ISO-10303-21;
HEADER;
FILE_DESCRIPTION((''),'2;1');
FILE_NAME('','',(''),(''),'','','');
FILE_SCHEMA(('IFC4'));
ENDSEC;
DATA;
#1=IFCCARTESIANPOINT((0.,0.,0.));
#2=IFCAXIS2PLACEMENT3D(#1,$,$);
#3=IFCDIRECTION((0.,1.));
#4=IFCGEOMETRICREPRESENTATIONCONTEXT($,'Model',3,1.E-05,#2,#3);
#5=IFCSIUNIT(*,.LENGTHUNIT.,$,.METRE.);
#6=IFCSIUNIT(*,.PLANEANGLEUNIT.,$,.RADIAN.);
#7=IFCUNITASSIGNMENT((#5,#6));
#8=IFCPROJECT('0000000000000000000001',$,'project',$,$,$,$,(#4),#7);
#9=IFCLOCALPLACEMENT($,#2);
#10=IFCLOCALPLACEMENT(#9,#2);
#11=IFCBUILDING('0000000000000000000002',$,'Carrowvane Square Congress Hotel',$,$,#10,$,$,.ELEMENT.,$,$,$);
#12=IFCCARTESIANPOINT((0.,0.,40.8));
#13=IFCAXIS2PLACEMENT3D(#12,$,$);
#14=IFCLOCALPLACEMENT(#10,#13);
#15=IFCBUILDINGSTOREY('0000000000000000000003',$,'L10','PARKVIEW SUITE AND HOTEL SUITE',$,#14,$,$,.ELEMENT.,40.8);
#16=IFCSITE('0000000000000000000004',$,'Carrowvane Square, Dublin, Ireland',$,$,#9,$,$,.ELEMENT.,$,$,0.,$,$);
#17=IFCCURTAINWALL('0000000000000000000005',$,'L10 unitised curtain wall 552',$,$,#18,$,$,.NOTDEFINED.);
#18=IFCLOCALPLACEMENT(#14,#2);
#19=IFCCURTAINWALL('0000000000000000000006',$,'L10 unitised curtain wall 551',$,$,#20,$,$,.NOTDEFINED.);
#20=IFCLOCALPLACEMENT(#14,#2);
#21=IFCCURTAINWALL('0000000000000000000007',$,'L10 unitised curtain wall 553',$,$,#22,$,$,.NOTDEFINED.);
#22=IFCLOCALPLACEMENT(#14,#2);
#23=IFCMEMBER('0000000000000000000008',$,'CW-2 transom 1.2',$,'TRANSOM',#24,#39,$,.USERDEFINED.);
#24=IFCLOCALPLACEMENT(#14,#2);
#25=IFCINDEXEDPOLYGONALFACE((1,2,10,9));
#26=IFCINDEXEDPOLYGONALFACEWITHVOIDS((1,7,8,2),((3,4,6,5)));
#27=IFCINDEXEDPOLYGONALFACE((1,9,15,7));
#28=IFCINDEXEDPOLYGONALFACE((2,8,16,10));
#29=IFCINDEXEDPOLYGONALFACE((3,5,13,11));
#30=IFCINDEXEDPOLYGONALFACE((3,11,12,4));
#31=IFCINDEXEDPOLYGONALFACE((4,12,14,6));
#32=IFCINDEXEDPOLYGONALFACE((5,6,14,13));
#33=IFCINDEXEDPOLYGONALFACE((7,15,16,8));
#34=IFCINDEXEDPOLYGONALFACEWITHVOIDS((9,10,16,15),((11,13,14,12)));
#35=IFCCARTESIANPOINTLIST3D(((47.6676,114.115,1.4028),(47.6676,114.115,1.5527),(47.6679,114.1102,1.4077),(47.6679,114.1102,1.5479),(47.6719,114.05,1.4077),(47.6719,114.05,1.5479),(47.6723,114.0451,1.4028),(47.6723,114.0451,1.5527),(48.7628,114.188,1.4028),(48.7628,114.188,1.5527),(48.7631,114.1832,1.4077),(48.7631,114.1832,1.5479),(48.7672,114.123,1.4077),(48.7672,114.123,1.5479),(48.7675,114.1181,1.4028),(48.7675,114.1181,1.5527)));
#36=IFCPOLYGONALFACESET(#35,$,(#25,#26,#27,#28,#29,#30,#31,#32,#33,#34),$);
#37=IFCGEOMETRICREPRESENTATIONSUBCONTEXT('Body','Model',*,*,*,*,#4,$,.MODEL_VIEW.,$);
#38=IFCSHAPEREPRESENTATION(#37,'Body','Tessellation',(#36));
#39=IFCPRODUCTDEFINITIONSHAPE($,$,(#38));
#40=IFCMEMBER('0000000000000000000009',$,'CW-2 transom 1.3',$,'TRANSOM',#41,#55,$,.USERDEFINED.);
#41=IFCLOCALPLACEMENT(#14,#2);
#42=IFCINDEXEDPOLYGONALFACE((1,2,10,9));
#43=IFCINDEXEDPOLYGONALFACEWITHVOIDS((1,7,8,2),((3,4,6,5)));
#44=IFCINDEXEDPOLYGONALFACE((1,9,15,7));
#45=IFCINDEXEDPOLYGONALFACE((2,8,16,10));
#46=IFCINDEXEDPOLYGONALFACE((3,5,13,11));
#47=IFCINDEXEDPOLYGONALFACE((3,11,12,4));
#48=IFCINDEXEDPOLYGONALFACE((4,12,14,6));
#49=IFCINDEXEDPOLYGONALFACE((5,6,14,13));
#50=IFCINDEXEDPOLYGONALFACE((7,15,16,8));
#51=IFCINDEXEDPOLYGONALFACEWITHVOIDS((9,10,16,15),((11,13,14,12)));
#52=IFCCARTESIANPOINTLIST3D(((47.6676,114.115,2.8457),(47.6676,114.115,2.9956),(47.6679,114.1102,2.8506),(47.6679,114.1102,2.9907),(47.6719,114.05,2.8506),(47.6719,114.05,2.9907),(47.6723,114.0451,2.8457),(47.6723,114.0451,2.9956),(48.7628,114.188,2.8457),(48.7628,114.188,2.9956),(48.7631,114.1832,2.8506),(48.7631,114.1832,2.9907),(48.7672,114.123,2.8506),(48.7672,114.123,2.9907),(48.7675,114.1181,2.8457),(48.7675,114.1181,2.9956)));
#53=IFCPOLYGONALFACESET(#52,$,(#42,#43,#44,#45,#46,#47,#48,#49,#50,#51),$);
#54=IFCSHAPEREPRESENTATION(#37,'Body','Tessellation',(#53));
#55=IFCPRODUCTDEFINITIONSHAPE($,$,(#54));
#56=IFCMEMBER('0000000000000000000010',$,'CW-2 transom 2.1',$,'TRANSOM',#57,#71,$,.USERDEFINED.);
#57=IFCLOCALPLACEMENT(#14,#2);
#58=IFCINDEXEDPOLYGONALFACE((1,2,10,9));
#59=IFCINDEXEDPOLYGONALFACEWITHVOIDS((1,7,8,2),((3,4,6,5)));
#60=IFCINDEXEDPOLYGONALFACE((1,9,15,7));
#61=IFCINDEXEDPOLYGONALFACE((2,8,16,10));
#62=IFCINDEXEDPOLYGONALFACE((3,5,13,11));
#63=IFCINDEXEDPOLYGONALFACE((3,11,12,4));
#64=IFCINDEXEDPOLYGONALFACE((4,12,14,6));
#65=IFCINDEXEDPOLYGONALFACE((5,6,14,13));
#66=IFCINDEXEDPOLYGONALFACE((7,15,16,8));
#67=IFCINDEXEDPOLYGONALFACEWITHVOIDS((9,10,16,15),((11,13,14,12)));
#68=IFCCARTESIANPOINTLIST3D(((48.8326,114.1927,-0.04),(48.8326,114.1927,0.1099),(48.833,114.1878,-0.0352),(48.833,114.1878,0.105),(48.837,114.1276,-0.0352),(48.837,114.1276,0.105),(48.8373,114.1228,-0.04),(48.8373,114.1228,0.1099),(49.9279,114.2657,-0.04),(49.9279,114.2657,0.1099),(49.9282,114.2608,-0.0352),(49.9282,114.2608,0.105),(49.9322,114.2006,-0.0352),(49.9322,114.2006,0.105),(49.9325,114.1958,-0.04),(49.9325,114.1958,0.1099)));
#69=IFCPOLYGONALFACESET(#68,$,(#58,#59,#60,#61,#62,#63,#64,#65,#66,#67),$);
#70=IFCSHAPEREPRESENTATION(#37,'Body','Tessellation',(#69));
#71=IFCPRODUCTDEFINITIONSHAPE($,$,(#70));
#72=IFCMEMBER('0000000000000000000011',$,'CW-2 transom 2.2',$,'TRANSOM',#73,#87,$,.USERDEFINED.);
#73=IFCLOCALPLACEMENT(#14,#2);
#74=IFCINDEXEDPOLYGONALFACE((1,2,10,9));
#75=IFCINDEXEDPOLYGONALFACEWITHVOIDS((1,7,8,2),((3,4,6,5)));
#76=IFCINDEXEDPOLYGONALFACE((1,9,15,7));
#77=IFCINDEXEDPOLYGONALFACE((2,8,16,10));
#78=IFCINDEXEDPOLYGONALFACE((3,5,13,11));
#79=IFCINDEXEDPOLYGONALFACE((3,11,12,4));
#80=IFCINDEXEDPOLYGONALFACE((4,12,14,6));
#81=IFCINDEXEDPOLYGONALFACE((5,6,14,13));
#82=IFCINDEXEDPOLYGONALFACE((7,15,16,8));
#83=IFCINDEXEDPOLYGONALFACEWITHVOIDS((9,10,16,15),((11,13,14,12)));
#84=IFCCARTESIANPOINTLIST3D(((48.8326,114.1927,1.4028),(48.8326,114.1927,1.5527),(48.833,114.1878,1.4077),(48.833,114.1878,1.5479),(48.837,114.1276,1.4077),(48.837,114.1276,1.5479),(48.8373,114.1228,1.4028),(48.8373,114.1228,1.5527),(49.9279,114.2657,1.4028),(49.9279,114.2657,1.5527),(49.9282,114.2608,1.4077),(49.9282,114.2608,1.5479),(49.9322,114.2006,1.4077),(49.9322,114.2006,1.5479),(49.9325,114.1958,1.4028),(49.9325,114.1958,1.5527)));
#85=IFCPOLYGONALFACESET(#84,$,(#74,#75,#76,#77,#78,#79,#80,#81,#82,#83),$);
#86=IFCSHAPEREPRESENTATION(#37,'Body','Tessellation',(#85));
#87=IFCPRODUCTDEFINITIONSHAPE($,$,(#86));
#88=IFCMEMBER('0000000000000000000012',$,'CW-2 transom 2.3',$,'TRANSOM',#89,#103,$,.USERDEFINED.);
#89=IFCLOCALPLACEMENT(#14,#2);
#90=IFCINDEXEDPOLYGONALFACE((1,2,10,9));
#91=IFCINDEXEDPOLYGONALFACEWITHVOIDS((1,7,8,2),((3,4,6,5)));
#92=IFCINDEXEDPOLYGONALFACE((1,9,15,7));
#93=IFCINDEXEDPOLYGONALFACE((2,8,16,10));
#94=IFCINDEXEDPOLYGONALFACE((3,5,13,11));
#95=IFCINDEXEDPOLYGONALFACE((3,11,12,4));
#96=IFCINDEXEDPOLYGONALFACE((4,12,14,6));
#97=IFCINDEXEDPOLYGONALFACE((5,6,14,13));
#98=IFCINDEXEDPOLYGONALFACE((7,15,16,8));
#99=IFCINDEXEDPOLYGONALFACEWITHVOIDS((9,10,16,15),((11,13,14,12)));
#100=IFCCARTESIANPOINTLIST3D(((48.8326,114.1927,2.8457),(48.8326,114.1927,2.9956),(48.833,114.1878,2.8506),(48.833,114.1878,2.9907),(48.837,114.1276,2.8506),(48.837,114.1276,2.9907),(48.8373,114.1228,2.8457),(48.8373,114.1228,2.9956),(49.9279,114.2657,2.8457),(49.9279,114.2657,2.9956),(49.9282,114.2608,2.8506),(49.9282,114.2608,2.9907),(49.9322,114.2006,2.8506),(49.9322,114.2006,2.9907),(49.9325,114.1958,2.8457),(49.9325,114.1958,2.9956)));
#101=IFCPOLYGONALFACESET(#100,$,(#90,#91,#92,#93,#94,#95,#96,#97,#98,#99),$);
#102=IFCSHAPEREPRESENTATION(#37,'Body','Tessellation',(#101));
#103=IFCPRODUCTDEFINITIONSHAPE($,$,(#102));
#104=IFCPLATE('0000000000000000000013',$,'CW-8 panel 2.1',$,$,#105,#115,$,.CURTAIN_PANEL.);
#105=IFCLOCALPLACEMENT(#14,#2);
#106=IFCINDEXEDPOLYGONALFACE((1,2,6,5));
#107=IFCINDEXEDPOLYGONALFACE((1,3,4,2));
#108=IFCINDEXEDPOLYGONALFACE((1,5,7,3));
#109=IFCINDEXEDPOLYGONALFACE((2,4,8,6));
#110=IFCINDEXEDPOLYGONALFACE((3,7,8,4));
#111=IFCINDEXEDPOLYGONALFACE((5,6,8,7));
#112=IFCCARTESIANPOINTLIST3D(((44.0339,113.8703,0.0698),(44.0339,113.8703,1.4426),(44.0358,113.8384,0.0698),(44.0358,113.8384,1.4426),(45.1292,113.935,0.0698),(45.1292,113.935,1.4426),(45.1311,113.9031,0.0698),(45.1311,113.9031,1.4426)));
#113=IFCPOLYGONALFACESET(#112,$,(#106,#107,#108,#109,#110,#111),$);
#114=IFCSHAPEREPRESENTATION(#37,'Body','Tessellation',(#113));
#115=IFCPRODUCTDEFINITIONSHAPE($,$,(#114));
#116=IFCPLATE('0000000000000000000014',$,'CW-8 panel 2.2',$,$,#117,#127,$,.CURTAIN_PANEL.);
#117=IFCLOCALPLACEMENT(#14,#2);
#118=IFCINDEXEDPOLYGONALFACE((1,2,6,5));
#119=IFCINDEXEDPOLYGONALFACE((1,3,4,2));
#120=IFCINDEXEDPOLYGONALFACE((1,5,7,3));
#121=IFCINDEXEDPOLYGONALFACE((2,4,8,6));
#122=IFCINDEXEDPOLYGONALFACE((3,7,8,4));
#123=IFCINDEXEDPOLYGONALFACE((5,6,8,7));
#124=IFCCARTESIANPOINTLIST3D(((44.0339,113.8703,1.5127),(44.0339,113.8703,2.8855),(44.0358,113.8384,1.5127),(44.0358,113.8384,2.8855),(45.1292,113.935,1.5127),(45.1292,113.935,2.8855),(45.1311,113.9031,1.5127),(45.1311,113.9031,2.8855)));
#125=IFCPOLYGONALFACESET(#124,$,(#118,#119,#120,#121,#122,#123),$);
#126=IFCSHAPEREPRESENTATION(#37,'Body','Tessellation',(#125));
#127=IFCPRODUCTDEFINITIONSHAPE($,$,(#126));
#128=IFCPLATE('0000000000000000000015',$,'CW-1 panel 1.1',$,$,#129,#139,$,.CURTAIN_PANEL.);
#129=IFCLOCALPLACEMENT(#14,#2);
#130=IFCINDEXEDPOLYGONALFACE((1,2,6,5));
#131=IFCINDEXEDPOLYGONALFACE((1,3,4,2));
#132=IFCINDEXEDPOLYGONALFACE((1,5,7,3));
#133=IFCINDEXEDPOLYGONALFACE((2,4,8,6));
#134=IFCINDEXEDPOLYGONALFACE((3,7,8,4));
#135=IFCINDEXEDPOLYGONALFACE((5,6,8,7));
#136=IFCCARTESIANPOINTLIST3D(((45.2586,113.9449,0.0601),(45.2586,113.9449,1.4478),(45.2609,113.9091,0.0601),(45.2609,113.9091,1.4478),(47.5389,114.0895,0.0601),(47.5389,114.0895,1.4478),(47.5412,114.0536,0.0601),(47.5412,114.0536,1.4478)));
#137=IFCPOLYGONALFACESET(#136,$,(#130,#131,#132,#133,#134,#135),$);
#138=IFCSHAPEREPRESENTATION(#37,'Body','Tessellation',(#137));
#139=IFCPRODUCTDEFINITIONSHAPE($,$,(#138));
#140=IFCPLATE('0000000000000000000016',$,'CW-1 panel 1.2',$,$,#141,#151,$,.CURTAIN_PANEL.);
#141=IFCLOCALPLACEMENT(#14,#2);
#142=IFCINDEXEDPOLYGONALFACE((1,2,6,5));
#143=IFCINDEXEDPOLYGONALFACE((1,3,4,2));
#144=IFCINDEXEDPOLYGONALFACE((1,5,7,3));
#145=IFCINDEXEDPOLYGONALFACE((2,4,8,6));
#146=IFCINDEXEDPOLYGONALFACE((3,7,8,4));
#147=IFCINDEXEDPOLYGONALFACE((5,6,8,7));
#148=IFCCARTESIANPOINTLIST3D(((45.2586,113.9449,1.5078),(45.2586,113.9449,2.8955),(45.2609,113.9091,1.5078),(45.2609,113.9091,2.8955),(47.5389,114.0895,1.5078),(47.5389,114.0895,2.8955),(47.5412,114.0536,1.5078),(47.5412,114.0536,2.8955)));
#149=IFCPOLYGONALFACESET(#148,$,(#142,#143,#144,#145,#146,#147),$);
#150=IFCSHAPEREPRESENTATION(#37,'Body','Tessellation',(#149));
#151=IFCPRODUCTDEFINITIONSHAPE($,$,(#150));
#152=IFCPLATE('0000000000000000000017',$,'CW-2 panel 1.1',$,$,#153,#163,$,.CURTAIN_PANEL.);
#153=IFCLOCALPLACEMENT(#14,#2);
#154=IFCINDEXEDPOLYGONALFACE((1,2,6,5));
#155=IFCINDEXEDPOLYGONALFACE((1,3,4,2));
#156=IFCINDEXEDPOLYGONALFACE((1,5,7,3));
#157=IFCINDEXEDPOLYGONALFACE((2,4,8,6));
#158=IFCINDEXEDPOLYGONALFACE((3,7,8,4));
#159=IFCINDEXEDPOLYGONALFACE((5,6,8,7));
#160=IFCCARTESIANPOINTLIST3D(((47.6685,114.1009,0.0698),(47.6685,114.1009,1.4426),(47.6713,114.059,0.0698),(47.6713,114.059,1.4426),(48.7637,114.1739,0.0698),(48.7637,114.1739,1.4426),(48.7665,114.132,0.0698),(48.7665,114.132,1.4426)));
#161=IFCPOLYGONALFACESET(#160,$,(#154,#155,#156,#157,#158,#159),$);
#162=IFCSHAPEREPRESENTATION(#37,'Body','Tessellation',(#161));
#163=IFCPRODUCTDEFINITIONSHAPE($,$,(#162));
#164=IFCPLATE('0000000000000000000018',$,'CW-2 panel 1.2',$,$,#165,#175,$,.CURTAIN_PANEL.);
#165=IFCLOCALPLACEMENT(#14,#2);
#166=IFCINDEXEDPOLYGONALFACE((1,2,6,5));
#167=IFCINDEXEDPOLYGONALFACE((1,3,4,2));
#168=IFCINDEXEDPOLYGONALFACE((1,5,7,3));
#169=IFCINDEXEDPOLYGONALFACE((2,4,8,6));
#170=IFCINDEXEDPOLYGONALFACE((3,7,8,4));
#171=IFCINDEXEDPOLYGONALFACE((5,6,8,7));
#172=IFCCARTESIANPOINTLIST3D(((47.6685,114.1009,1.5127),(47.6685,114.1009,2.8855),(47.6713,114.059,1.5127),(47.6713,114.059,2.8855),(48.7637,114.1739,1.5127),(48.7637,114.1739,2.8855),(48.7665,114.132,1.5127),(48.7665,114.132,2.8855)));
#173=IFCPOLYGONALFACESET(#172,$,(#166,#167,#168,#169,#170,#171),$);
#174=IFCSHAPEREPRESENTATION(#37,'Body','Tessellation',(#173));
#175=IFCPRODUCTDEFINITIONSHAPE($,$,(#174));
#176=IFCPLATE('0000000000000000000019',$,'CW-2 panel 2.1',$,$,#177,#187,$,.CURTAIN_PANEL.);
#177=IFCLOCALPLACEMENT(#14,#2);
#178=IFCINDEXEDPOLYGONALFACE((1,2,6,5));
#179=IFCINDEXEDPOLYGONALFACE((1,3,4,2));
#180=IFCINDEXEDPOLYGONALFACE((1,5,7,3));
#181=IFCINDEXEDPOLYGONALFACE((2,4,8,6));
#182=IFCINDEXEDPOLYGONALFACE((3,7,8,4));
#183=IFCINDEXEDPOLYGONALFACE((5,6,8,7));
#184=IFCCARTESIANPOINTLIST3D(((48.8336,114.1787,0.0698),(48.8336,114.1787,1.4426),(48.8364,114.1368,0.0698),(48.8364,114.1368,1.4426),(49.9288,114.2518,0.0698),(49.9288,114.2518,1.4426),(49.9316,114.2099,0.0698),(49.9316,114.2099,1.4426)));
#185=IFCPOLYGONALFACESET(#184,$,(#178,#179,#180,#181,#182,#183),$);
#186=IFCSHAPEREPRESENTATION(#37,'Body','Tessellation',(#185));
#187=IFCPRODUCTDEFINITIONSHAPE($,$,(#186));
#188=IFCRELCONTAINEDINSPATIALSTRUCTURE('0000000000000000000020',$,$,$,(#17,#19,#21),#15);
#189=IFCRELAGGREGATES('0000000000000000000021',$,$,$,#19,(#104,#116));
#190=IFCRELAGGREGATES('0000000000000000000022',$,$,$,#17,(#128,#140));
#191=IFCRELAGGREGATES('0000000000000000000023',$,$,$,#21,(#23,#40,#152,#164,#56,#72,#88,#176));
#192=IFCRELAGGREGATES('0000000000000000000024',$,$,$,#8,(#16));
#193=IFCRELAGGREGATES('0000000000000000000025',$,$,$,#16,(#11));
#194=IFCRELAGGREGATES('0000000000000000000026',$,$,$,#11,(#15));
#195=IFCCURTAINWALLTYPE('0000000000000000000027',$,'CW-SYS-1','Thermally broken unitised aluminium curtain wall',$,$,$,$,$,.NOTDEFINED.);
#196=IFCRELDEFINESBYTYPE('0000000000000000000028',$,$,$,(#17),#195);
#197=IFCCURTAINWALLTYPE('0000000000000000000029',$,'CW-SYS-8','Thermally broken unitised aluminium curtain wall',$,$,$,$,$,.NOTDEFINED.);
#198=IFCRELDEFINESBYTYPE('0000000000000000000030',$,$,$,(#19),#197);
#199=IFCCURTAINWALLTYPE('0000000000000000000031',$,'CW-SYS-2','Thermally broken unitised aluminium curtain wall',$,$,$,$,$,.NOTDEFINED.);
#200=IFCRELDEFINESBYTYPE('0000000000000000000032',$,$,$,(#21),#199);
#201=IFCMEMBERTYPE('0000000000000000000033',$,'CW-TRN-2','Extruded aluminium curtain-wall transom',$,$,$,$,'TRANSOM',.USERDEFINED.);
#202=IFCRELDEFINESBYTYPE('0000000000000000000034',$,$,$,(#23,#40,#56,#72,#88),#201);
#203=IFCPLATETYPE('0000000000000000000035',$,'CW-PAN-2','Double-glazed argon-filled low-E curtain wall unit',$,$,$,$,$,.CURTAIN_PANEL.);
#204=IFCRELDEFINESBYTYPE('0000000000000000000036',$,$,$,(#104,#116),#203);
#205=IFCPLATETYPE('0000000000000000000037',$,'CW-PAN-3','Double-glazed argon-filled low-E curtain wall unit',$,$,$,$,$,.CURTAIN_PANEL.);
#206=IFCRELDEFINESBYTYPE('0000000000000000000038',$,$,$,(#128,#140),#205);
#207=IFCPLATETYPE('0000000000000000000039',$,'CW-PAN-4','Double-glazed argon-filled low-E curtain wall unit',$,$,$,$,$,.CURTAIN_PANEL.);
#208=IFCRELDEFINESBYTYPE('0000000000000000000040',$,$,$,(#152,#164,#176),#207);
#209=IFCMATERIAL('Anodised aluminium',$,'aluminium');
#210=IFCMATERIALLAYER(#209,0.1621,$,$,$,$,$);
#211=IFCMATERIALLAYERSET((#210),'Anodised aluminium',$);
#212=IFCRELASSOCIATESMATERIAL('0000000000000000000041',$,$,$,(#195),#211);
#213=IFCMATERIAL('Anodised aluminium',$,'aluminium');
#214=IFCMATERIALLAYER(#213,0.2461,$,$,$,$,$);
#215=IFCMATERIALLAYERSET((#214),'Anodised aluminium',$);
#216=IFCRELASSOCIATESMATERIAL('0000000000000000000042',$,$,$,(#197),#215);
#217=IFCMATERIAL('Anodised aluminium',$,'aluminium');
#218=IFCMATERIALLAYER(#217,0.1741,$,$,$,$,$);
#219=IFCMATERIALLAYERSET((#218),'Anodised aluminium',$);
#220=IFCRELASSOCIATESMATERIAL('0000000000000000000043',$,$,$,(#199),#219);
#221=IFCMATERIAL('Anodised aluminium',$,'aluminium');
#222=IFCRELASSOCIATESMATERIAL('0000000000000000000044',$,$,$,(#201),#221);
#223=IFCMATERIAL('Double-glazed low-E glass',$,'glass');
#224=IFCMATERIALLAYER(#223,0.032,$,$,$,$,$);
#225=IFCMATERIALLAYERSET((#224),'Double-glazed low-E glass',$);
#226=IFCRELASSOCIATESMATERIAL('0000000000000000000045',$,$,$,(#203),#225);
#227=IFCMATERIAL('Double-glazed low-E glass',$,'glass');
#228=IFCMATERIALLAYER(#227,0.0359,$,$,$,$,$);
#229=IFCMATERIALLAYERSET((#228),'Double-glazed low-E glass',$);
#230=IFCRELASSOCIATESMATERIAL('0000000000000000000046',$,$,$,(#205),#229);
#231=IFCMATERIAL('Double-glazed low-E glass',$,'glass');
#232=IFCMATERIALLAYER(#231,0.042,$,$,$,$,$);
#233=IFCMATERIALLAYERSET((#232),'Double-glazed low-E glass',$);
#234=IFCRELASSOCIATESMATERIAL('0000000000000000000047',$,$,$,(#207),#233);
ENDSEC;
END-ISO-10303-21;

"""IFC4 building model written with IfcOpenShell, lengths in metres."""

from ifc_helpers import new_model, si_unit, direction, frame, origin, origin_2d, place, context, subcontext, project, spatial, rectangle, hollow_rectangle, extrude, material, layer, layer_set, material_profile, profile_set, type_object, element, aggregate, save


model = new_model("IFC4")

# Units and contexts
model_context = context("Model", 3, precision=1e-05, world=origin(), true_north=direction((0.0, 1.0)))
body_context = subcontext(model_context, "Body", "Model", "MODEL_VIEW")
ifc_project = project(units=[si_unit("LENGTHUNIT", "METRE"), si_unit("PLANEANGLEUNIT", "RADIAN")], contexts=[model_context])

# Site, building, storey
site_placement = place(None, origin())
site = spatial("IfcSite", under=ifc_project, at=site_placement, Name="Carrowvane Square, Dublin, Ireland", CompositionType="ELEMENT", RefElevation=0.0)
building_placement = place(site_placement, origin())
building = spatial("IfcBuilding", under=site, at=building_placement, Name="Carrowvane Square Congress Hotel", CompositionType="ELEMENT")
storey_placement = place(building_placement, frame((0.0, 0.0, 40.8)))
storey = spatial("IfcBuildingStorey", under=building, at=storey_placement, Name="L10", Description="PARKVIEW SUITE AND HOTEL SUITE", CompositionType="ELEMENT", Elevation=40.8)

# Curtain wall
ifc_material_1 = material(Name="Anodised aluminium", Category="aluminium")
ifc_layer_1 = layer(ifc_material_1, 0.1621)
ifc_layer_set_1 = layer_set([ifc_layer_1], Name="Anodised aluminium")
curtain_wall_type_1 = type_object("IfcCurtainWallType", Name="CW-SYS-1", Description="Thermally broken unitised aluminium curtain wall", PredefinedType="NOTDEFINED", material=ifc_layer_set_1)
curtain_wall_1_placement = place(storey_placement, origin())
curtain_wall_1 = element("IfcCurtainWall", 1, at=curtain_wall_1_placement, inside=storey, type_object=curtain_wall_type_1, Name="L10 unitised curtain wall 552", PredefinedType="NOTDEFINED")

# Curtain wall
ifc_material_2 = material(Name="Anodised aluminium", Category="aluminium")
ifc_layer_2 = layer(ifc_material_2, 0.2461)
ifc_layer_set_2 = layer_set([ifc_layer_2], Name="Anodised aluminium")
curtain_wall_type_2 = type_object("IfcCurtainWallType", Name="CW-SYS-8", Description="Thermally broken unitised aluminium curtain wall", PredefinedType="NOTDEFINED", material=ifc_layer_set_2)
curtain_wall_2_placement = place(storey_placement, origin())
curtain_wall_2 = element("IfcCurtainWall", 2, at=curtain_wall_2_placement, inside=storey, type_object=curtain_wall_type_2, Name="L10 unitised curtain wall 551", PredefinedType="NOTDEFINED")

# Curtain wall
ifc_material_3 = material(Name="Anodised aluminium", Category="aluminium")
ifc_layer_3 = layer(ifc_material_3, 0.1741)
ifc_layer_set_3 = layer_set([ifc_layer_3], Name="Anodised aluminium")
curtain_wall_type_3 = type_object("IfcCurtainWallType", Name="CW-SYS-2", Description="Thermally broken unitised aluminium curtain wall", PredefinedType="NOTDEFINED", material=ifc_layer_set_3)
curtain_wall_3_placement = place(storey_placement, origin())
curtain_wall_3 = element("IfcCurtainWall", 3, at=curtain_wall_3_placement, inside=storey, type_object=curtain_wall_type_3, Name="L10 unitised curtain wall 553", PredefinedType="NOTDEFINED")

# Members
ifc_material_4 = material(Name="Anodised aluminium", Category="aluminium")
ifc_material_profile_1 = material_profile(ifc_material_4, hollow_rectangle(XDim=0.0701, YDim=0.1499, WallThickness=0.0049, at=origin_2d()), Name="CW-TR 70x150x5")
ifc_profile_set_1 = profile_set([ifc_material_profile_1], Name="Anodised aluminium")
member_type_1 = type_object("IfcMemberType", Name="CW-TRN-2", Description="Extruded aluminium curtain-wall transom", ElementType="TRANSOM", PredefinedType="USERDEFINED", material=ifc_profile_set_1)
member_1_placement = place(storey_placement, frame((47.6699, 114.0801, 1.4778), z_axis=(0.997786, 0.066504, 0.0), x_axis=(-0.066504, 0.997786, 0.0)))
member_1 = element("IfcMember", 4, at=member_1_placement, type_object=member_type_1, Name="CW-2 transom 1.2", ObjectType="TRANSOM", PredefinedType="USERDEFINED", context=body_context, shape_type="SweptSolid", body=[
    extrude(hollow_rectangle(XDim=0.0701, YDim=0.1499, WallThickness=0.0049, at=origin_2d()), origin(), (0.0, 0.0, 1.0), 1.0977),
])
member_2_placement = place(storey_placement, frame((47.6699, 114.0801, 2.9207), z_axis=(0.997786, 0.066504, 0.0), x_axis=(-0.066504, 0.997786, 0.0)))
member_2 = element("IfcMember", 5, at=member_2_placement, type_object=member_type_1, Name="CW-2 transom 1.3", ObjectType="TRANSOM", PredefinedType="USERDEFINED", context=body_context, shape_type="SweptSolid", body=[
    extrude(hollow_rectangle(XDim=0.0701, YDim=0.1499, WallThickness=0.0049, at=origin_2d()), origin(), (0.0, 0.0, 1.0), 1.0977),
])
member_3_placement = place(storey_placement, frame((48.835, 114.1577, 0.0349), z_axis=(0.997786, 0.066504, 0.0), x_axis=(-0.066504, 0.997786, 0.0)))
member_3 = element("IfcMember", 6, at=member_3_placement, type_object=member_type_1, Name="CW-2 transom 2.1", ObjectType="TRANSOM", PredefinedType="USERDEFINED", context=body_context, shape_type="SweptSolid", body=[
    extrude(hollow_rectangle(XDim=0.0701, YDim=0.1499, WallThickness=0.0049, at=origin_2d()), origin(), (0.0, 0.0, 1.0), 1.0977),
])
member_4_placement = place(storey_placement, frame((48.835, 114.1577, 1.4778), z_axis=(0.997786, 0.066504, 0.0), x_axis=(-0.066504, 0.997786, 0.0)))
member_4 = element("IfcMember", 7, at=member_4_placement, type_object=member_type_1, Name="CW-2 transom 2.2", ObjectType="TRANSOM", PredefinedType="USERDEFINED", context=body_context, shape_type="SweptSolid", body=[
    extrude(hollow_rectangle(XDim=0.0701, YDim=0.1499, WallThickness=0.0049, at=origin_2d()), origin(), (0.0, 0.0, 1.0), 1.0977),
])
member_5_placement = place(storey_placement, frame((48.835, 114.1577, 2.9207), z_axis=(0.997786, 0.066504, 0.0), x_axis=(-0.066504, 0.997786, 0.0)))
member_5 = element("IfcMember", 8, at=member_5_placement, type_object=member_type_1, Name="CW-2 transom 2.3", ObjectType="TRANSOM", PredefinedType="USERDEFINED", context=body_context, shape_type="SweptSolid", body=[
    extrude(hollow_rectangle(XDim=0.0701, YDim=0.1499, WallThickness=0.0049, at=origin_2d()), origin(), (0.0, 0.0, 1.0), 1.0977),
])

# Plates
ifc_material_5 = material(Name="Double-glazed low-E glass", Category="glass")
ifc_layer_4 = layer(ifc_material_5, 0.032)
ifc_layer_set_4 = layer_set([ifc_layer_4], Name="Double-glazed low-E glass")
plate_type_1 = type_object("IfcPlateType", Name="CW-PAN-2", Description="Double-glazed argon-filled low-E curtain wall unit", PredefinedType="CURTAIN_PANEL", material=ifc_layer_set_4)
plate_1_placement = place(storey_placement, frame((44.5825, 113.8867, 0.0698), z_axis=(0.0, 0.0, 1.0), x_axis=(0.998259, 0.058989, 0.0)))
plate_1 = element("IfcPlate", 9, at=plate_1_placement, type_object=plate_type_1, Name="CW-8 panel 2.1", PredefinedType="CURTAIN_PANEL", context=body_context, shape_type="SweptSolid", body=[
    extrude(rectangle(XDim=1.0972, YDim=0.032, at=origin_2d()), origin(), (0.0, 0.0, 1.0), 1.3728),
])
plate_2_placement = place(storey_placement, frame((44.5825, 113.8867, 1.5127), z_axis=(0.0, 0.0, 1.0), x_axis=(0.998259, 0.058989, 0.0)))
plate_2 = element("IfcPlate", 10, at=plate_2_placement, type_object=plate_type_1, Name="CW-8 panel 2.2", PredefinedType="CURTAIN_PANEL", context=body_context, shape_type="SweptSolid", body=[
    extrude(rectangle(XDim=1.0972, YDim=0.032, at=origin_2d()), origin(), (0.0, 0.0, 1.0), 1.3728),
])
aggregate(curtain_wall_2, [plate_1, plate_2])
ifc_material_6 = material(Name="Double-glazed low-E glass", Category="glass")
ifc_layer_5 = layer(ifc_material_6, 0.0359)
ifc_layer_set_5 = layer_set([ifc_layer_5], Name="Double-glazed low-E glass")
plate_type_2 = type_object("IfcPlateType", Name="CW-PAN-3", Description="Double-glazed argon-filled low-E curtain wall unit", PredefinedType="CURTAIN_PANEL", material=ifc_layer_set_5)
plate_3_placement = place(storey_placement, frame((46.3999, 113.9993, 0.0601), z_axis=(0.0, 0.0, 1.0), x_axis=(0.997996, 0.063273, 0.0)))
plate_3 = element("IfcPlate", 11, at=plate_3_placement, type_object=plate_type_2, Name="CW-1 panel 1.1", PredefinedType="CURTAIN_PANEL", context=body_context, shape_type="SweptSolid", body=[
    extrude(rectangle(XDim=2.2849, YDim=0.0359, at=origin_2d()), origin(), (0.0, 0.0, 1.0), 1.3877),
])
plate_4_placement = place(storey_placement, frame((46.3999, 113.9993, 1.5078), z_axis=(0.0, 0.0, 1.0), x_axis=(0.997996, 0.063273, 0.0)))
plate_4 = element("IfcPlate", 12, at=plate_4_placement, type_object=plate_type_2, Name="CW-1 panel 1.2", PredefinedType="CURTAIN_PANEL", context=body_context, shape_type="SweptSolid", body=[
    extrude(rectangle(XDim=2.2849, YDim=0.0359, at=origin_2d()), origin(), (0.0, 0.0, 1.0), 1.3877),
])
aggregate(curtain_wall_1, [plate_3, plate_4])
ifc_material_7 = material(Name="Double-glazed low-E glass", Category="glass")
ifc_layer_6 = layer(ifc_material_7, 0.042)
ifc_layer_set_6 = layer_set([ifc_layer_6], Name="Double-glazed low-E glass")
plate_type_3 = type_object("IfcPlateType", Name="CW-PAN-4", Description="Double-glazed argon-filled low-E curtain wall unit", PredefinedType="CURTAIN_PANEL", material=ifc_layer_set_6)
plate_5_placement = place(storey_placement, frame((48.2175, 114.1165, 0.0698), z_axis=(0.0, 0.0, 1.0), x_axis=(0.997781, 0.066578, 0.0)))
plate_5 = element("IfcPlate", 13, at=plate_5_placement, type_object=plate_type_3, Name="CW-2 panel 1.1", PredefinedType="CURTAIN_PANEL", context=body_context, shape_type="SweptSolid", body=[
    extrude(rectangle(XDim=1.0977, YDim=0.042, at=origin_2d()), origin(), (0.0, 0.0, 1.0), 1.3728),
])
plate_6_placement = place(storey_placement, frame((48.2175, 114.1165, 1.5127), z_axis=(0.0, 0.0, 1.0), x_axis=(0.997781, 0.066578, 0.0)))
plate_6 = element("IfcPlate", 14, at=plate_6_placement, type_object=plate_type_3, Name="CW-2 panel 1.2", PredefinedType="CURTAIN_PANEL", context=body_context, shape_type="SweptSolid", body=[
    extrude(rectangle(XDim=1.0977, YDim=0.042, at=origin_2d()), origin(), (0.0, 0.0, 1.0), 1.3728),
])
plate_7_placement = place(storey_placement, frame((49.3826, 114.1943, 0.0698), z_axis=(0.0, 0.0, 1.0), x_axis=(0.997781, 0.066578, 0.0)))
plate_7 = element("IfcPlate", 15, at=plate_7_placement, type_object=plate_type_3, Name="CW-2 panel 2.1", PredefinedType="CURTAIN_PANEL", context=body_context, shape_type="SweptSolid", body=[
    extrude(rectangle(XDim=1.0977, YDim=0.042, at=origin_2d()), origin(), (0.0, 0.0, 1.0), 1.3728),
])
aggregate(curtain_wall_3, [member_1, member_2, plate_5, plate_6, member_3, member_4, member_5, plate_7])

save(model, "model.ifc")
